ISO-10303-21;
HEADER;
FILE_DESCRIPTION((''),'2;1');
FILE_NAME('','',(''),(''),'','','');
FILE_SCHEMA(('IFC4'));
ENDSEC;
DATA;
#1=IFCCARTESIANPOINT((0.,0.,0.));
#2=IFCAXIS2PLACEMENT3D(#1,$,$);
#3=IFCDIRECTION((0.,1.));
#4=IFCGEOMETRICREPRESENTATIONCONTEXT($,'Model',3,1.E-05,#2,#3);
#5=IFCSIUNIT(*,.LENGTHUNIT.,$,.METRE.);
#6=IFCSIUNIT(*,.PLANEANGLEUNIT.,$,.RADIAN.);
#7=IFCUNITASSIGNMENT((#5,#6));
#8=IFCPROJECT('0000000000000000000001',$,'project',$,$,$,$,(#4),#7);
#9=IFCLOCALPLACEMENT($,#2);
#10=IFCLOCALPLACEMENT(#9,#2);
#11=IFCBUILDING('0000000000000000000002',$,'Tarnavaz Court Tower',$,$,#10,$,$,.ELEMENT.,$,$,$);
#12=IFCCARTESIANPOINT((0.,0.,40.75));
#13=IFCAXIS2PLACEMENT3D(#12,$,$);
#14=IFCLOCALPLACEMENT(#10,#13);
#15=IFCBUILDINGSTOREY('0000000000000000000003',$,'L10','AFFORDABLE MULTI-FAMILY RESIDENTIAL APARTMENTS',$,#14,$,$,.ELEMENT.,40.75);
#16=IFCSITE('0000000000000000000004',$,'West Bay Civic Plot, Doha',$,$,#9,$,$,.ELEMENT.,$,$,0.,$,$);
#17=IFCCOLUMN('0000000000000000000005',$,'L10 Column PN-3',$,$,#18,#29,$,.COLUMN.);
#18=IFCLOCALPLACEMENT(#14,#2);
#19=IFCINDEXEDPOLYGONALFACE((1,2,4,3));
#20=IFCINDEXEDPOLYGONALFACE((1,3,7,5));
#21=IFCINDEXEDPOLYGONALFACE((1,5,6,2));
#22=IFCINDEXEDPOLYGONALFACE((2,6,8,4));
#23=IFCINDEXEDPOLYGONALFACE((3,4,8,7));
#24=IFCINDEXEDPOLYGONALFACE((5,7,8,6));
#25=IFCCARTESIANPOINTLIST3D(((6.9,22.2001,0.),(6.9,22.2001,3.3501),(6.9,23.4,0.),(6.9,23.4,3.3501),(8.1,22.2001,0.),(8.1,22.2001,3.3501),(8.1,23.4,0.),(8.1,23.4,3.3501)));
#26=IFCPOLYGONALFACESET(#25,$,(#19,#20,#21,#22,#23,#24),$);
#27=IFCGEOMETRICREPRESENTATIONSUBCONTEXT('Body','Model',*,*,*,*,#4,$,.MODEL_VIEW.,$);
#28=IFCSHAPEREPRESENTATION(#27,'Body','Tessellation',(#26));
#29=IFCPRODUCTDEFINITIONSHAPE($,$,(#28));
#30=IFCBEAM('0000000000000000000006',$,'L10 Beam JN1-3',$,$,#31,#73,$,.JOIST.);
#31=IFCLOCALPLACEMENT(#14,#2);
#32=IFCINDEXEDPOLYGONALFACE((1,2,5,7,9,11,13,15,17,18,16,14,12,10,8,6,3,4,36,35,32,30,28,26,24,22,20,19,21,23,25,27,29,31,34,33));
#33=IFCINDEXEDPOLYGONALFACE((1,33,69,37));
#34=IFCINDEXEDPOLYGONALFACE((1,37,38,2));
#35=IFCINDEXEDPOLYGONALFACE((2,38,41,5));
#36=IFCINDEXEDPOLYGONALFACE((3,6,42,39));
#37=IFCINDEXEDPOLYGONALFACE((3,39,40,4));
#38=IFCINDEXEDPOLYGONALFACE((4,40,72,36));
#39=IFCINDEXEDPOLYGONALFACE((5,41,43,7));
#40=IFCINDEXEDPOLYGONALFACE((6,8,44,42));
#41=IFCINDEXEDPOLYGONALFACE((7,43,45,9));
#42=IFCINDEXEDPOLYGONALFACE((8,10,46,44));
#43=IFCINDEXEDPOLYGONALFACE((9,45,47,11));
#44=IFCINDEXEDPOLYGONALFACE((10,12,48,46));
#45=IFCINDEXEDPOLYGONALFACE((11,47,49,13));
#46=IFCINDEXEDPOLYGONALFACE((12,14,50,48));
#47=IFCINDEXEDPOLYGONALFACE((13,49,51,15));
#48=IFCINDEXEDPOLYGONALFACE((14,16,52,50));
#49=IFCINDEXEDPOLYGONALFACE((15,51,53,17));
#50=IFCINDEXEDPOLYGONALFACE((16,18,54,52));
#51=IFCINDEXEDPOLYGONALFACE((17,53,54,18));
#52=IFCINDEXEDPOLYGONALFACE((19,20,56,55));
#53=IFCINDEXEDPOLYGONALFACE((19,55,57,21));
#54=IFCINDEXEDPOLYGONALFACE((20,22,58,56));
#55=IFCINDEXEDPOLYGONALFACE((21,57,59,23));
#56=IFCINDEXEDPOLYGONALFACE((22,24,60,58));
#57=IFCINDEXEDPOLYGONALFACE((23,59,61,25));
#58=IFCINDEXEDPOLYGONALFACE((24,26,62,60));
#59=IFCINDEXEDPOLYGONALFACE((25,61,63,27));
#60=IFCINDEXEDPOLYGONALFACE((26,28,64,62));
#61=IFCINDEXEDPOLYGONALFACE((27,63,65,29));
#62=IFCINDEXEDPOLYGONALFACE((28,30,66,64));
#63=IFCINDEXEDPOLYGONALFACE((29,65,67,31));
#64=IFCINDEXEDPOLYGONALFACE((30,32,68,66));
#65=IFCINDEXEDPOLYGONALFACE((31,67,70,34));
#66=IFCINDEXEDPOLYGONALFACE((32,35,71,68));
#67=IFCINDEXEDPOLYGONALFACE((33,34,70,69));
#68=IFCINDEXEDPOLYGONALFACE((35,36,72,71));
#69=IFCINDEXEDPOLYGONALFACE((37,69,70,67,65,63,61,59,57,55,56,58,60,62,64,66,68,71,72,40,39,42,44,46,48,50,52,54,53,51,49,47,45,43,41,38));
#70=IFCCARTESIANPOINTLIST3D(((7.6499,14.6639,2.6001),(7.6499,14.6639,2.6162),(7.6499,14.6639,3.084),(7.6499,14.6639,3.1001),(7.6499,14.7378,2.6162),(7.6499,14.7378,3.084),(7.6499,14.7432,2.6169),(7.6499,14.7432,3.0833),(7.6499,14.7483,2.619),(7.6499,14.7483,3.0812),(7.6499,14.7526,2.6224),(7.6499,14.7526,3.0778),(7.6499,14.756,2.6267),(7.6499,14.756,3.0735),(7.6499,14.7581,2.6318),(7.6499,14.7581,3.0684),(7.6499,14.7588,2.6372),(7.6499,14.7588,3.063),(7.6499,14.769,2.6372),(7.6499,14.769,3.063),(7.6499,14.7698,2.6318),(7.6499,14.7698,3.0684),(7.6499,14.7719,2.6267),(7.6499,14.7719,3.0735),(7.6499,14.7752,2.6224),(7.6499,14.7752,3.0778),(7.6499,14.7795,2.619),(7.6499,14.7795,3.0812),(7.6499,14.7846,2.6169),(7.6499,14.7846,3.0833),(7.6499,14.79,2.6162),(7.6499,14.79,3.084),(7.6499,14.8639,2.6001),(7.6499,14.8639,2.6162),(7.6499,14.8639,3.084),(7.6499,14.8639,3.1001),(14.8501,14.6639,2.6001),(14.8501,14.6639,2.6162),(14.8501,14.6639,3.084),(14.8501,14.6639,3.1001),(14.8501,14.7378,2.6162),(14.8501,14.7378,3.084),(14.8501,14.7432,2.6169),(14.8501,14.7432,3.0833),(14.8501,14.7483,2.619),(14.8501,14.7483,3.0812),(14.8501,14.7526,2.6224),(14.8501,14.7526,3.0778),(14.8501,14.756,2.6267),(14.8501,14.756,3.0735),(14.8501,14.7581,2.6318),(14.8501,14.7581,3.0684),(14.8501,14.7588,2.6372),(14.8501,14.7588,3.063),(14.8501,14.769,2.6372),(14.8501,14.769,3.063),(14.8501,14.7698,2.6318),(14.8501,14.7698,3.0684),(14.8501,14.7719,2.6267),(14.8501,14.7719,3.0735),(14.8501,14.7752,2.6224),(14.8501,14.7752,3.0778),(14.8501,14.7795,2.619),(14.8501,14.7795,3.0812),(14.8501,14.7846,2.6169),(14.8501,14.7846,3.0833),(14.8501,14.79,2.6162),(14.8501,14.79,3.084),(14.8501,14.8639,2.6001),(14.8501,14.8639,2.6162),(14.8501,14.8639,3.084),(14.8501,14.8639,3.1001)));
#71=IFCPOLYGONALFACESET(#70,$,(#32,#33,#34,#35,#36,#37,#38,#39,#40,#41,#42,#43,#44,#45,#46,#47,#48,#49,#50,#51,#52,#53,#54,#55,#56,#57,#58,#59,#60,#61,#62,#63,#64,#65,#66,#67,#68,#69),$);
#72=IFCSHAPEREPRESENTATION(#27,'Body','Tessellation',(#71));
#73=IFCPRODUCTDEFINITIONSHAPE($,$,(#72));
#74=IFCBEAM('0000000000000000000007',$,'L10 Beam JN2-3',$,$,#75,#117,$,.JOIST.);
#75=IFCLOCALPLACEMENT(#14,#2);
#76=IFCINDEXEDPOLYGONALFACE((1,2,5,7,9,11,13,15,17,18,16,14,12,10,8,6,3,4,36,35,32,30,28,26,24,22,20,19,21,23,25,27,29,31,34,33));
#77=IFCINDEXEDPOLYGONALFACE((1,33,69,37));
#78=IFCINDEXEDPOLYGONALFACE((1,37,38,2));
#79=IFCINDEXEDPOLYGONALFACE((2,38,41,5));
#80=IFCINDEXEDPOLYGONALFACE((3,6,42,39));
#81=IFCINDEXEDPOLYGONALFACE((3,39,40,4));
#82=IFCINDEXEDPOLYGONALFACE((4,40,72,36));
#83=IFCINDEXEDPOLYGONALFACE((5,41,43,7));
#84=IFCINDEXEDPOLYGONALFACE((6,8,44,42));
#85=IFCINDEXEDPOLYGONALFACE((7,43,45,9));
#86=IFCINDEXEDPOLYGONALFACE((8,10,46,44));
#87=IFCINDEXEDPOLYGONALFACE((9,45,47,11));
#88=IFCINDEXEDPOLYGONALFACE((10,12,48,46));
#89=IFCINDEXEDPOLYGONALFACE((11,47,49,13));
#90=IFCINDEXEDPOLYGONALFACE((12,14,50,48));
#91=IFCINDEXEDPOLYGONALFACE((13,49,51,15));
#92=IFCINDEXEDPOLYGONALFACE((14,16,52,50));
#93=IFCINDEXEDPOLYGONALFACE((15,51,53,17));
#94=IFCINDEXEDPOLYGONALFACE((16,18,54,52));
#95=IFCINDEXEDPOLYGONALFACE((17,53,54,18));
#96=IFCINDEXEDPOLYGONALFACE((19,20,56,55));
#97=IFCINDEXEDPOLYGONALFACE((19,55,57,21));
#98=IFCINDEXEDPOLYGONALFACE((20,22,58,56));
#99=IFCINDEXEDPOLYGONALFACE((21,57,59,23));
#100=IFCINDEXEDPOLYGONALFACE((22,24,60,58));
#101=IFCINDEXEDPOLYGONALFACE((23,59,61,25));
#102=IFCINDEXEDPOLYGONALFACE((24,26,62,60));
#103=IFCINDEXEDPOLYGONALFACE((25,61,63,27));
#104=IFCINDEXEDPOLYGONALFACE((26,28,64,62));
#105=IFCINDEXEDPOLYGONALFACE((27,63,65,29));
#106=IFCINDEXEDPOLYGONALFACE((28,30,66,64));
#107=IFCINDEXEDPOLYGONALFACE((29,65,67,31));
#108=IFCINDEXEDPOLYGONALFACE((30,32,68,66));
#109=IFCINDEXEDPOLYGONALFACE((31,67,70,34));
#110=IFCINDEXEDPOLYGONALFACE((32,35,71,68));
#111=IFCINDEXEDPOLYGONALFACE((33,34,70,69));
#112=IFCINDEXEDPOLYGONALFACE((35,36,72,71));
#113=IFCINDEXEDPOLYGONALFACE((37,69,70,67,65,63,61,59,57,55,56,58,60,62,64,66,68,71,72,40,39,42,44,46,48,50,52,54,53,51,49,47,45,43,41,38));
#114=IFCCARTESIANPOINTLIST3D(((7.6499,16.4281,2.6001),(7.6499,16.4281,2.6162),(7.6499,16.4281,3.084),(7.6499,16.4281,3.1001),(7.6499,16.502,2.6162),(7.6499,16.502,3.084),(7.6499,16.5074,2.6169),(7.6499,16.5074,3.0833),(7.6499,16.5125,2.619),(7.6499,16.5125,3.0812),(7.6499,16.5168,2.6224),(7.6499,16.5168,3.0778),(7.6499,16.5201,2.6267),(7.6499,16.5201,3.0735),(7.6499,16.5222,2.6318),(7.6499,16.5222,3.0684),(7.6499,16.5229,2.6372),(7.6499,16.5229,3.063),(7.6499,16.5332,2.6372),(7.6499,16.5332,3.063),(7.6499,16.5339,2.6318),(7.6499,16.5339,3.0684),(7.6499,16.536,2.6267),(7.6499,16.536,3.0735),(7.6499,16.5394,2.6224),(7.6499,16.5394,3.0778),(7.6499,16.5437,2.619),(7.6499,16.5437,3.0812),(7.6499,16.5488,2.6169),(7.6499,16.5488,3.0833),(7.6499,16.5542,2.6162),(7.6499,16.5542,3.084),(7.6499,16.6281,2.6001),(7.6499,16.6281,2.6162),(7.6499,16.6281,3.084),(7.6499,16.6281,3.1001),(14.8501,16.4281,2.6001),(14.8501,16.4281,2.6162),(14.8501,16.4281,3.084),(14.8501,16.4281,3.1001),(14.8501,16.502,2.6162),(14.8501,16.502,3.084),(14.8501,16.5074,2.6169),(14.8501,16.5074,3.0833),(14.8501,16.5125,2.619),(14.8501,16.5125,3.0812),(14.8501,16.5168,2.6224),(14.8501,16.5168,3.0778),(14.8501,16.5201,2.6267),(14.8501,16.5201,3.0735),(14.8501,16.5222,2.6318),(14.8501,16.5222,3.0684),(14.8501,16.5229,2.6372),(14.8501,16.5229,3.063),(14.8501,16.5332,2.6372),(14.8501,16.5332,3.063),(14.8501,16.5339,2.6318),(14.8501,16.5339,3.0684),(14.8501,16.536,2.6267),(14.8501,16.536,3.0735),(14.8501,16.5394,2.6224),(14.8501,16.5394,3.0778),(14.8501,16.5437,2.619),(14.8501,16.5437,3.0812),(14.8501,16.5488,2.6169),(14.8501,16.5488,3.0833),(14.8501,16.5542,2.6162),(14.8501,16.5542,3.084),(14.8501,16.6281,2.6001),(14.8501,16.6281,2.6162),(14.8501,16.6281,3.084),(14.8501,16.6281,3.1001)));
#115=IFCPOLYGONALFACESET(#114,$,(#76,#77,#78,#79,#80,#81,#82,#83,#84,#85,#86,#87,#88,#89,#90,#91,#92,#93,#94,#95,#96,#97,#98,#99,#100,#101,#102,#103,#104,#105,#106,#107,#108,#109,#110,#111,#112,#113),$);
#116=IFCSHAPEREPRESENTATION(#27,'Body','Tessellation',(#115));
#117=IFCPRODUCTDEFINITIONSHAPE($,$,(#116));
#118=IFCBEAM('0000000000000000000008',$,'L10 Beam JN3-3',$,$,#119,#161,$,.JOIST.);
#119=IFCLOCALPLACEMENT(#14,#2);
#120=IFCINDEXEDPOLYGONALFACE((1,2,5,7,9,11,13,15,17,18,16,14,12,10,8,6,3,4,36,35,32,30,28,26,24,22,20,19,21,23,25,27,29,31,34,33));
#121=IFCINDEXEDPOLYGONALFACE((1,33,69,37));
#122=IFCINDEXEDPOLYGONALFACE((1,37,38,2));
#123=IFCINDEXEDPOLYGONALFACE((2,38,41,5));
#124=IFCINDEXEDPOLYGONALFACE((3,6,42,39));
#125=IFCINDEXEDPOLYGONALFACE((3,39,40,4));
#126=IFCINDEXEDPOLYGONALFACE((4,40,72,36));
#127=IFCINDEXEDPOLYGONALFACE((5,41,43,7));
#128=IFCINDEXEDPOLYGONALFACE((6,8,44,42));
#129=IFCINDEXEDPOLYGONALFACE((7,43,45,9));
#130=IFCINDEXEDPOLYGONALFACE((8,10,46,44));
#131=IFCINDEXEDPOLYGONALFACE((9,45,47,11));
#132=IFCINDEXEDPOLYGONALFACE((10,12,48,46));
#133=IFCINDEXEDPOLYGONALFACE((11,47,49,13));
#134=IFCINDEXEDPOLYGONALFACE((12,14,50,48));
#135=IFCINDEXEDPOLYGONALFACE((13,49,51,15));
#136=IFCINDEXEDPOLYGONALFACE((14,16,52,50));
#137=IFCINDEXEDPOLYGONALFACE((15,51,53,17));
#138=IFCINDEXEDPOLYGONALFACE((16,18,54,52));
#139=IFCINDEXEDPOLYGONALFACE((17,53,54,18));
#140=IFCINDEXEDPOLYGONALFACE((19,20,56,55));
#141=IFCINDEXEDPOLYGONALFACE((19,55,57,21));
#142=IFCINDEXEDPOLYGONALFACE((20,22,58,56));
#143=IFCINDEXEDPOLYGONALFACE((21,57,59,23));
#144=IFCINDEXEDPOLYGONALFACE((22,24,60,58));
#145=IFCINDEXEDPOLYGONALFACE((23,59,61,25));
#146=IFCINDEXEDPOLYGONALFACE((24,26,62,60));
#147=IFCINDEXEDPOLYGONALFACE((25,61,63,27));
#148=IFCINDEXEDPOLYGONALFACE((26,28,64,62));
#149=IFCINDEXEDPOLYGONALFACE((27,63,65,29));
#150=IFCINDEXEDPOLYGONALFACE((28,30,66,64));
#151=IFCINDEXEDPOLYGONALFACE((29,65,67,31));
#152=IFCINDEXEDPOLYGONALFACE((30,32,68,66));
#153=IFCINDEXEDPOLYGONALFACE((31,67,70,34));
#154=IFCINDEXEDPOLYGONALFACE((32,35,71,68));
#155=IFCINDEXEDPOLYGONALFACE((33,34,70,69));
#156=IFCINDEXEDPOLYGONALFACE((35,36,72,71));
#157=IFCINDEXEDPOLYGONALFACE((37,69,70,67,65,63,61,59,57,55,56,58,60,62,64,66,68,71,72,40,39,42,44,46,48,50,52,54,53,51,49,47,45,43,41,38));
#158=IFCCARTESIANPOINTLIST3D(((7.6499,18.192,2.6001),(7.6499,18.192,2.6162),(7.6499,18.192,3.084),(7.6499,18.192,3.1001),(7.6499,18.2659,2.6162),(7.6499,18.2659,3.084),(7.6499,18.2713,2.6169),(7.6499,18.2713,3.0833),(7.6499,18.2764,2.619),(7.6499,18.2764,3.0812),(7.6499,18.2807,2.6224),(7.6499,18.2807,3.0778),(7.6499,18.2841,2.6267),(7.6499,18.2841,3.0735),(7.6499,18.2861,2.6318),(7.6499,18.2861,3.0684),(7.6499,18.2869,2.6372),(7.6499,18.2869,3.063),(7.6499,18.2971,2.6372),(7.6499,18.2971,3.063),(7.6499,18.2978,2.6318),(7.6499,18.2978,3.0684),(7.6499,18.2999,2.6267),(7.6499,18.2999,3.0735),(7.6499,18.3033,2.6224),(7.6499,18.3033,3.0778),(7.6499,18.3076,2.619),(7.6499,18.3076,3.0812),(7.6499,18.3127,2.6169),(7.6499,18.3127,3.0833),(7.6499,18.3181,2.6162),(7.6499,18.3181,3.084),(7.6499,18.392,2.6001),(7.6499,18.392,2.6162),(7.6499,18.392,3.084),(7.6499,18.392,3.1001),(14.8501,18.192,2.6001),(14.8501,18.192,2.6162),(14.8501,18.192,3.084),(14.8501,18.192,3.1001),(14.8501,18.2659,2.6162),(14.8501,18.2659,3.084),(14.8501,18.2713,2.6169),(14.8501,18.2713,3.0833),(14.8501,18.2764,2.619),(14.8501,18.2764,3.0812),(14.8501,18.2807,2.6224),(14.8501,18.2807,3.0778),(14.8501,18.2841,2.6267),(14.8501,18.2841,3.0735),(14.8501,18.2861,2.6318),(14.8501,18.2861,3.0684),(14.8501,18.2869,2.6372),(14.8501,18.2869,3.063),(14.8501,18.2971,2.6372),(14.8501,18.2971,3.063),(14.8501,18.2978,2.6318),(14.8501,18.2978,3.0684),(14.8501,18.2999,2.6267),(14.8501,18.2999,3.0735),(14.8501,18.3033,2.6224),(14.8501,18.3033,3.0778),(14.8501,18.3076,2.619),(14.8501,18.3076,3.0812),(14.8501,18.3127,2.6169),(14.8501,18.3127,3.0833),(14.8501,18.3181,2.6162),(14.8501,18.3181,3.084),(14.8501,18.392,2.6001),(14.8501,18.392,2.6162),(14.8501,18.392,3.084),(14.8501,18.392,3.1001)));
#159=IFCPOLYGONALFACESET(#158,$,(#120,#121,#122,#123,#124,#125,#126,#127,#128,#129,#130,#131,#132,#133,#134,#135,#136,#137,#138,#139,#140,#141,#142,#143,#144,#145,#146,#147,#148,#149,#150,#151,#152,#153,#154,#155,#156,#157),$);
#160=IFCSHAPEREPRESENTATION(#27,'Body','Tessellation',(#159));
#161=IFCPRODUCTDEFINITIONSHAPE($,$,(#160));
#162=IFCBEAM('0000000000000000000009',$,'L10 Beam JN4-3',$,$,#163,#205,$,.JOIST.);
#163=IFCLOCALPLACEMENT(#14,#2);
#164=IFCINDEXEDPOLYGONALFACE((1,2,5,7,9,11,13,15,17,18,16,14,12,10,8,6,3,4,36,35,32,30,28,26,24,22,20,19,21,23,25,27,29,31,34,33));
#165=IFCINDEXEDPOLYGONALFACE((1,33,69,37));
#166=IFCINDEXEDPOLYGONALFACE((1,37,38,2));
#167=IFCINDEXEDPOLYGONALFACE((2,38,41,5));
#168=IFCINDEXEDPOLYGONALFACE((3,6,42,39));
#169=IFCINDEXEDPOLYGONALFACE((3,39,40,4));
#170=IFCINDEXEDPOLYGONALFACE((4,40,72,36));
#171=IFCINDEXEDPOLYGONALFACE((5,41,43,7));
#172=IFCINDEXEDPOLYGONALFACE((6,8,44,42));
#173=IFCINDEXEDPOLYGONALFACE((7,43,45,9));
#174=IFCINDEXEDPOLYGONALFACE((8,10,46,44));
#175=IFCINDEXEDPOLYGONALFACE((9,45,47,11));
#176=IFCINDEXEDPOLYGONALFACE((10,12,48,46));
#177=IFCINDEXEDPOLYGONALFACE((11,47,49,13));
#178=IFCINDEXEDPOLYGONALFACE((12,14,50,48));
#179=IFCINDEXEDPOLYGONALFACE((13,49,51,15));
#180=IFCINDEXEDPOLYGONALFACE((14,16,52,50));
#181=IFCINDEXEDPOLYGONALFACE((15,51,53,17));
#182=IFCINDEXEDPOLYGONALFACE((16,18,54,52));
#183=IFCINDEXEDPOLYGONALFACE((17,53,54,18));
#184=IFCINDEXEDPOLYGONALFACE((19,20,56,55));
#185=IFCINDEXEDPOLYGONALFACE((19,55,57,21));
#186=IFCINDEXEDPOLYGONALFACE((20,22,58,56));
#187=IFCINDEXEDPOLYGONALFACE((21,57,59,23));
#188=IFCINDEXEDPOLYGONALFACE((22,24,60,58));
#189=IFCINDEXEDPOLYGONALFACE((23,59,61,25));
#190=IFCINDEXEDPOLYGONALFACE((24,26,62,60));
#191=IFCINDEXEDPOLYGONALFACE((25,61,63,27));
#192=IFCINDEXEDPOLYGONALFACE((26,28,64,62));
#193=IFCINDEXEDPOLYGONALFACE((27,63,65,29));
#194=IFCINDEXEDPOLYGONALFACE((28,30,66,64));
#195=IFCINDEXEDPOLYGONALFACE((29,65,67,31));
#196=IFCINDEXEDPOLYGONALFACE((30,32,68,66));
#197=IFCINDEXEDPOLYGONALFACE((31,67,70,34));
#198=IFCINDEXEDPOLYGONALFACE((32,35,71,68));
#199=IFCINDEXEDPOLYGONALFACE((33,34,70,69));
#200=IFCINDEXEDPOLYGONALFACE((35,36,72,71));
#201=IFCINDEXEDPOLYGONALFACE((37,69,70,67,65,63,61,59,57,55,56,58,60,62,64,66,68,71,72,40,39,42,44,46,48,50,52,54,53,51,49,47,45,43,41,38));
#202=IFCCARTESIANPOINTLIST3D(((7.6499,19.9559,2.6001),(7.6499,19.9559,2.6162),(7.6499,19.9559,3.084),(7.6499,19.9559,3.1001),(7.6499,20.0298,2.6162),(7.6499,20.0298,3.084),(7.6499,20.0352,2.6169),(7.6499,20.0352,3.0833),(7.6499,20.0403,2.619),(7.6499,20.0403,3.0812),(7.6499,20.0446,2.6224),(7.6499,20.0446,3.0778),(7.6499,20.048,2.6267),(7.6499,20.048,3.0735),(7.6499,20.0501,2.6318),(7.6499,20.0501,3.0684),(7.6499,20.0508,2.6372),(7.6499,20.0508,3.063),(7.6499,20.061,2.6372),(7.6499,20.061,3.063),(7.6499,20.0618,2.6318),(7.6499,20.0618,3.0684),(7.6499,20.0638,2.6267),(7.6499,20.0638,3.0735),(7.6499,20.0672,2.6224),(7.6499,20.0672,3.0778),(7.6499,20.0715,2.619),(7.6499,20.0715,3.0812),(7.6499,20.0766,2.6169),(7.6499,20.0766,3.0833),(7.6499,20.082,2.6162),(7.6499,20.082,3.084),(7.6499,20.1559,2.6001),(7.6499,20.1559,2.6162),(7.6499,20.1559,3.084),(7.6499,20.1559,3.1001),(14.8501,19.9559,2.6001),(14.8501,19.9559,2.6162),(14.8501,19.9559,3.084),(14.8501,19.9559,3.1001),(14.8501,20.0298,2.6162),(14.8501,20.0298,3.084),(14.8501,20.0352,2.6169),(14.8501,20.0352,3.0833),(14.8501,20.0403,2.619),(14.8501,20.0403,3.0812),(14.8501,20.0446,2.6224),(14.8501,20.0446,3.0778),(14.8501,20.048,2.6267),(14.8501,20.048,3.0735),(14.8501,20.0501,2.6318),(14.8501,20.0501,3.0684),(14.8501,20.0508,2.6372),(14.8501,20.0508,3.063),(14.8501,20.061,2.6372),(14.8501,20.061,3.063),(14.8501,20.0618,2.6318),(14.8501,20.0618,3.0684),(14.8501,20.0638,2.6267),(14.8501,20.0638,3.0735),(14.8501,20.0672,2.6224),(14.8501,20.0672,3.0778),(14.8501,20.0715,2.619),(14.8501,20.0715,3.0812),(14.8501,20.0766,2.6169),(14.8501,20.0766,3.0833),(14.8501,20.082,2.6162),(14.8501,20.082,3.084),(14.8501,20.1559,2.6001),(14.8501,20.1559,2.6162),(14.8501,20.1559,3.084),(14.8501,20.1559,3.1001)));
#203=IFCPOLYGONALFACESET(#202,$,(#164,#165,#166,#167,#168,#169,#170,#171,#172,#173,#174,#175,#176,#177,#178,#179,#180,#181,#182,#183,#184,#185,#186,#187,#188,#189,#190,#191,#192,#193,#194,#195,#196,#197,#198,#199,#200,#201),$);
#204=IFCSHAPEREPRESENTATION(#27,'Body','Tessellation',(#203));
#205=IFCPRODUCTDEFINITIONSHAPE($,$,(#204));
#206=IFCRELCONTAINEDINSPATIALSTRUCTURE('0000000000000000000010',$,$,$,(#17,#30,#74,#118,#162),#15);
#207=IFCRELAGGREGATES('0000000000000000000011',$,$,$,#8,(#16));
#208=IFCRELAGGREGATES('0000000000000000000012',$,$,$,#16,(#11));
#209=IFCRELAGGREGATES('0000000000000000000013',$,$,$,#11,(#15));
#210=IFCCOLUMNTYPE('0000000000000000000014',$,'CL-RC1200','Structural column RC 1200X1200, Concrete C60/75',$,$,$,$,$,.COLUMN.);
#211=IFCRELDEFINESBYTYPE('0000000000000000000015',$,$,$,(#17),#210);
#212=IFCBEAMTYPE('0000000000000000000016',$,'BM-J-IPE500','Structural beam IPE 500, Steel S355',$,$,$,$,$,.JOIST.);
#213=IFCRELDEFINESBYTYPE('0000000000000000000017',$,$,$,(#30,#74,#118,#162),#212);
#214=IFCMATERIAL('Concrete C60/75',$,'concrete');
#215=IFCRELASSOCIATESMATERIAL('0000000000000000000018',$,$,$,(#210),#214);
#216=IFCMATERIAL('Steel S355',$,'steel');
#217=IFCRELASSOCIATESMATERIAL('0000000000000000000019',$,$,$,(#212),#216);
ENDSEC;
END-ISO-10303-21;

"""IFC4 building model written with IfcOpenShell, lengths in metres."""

from ifc_helpers import new_model, si_unit, direction, frame, origin, origin_2d, place, context, subcontext, project, spatial, rectangle, i_section, extrude, material, material_profile, profile_set, type_object, element, save


model = new_model("IFC4")

# Units and contexts
model_context = context("Model", 3, precision=1e-05, world=origin(), true_north=direction((0.0, 1.0)))
body_context = subcontext(model_context, "Body", "Model", "MODEL_VIEW")
ifc_project = project(units=[si_unit("LENGTHUNIT", "METRE"), si_unit("PLANEANGLEUNIT", "RADIAN")], contexts=[model_context])

# Site, building, storey
site_placement = place(None, origin())
site = spatial("IfcSite", under=ifc_project, at=site_placement, Name="West Bay Civic Plot, Doha", CompositionType="ELEMENT", RefElevation=0.0)
building_placement = place(site_placement, origin())
building = spatial("IfcBuilding", under=site, at=building_placement, Name="Tarnavaz Court Tower", CompositionType="ELEMENT")
storey_placement = place(building_placement, frame((0.0, 0.0, 40.75)))
storey = spatial("IfcBuildingStorey", under=building, at=storey_placement, Name="L10", Description="AFFORDABLE MULTI-FAMILY RESIDENTIAL APARTMENTS", CompositionType="ELEMENT", Elevation=40.75)

# Column
ifc_material_1 = material(Name="Concrete C60/75", Category="concrete")
ifc_material_profile_1 = material_profile(ifc_material_1, rectangle(XDim=1.2, YDim=1.2, at=origin_2d()), Name="RC 1200X1200")
ifc_profile_set_1 = profile_set([ifc_material_profile_1], Name="Concrete C60/75")
column_type = type_object("IfcColumnType", Name="CL-RC1200", Description="Structural column RC 1200X1200, Concrete C60/75", PredefinedType="COLUMN", material=ifc_profile_set_1)
column_placement = place(storey_placement, frame((7.5, 22.8, 0.0), z_axis=(0.0, 0.0, 1.0), x_axis=(1.0, 0.0, 0.0)))
element("IfcColumn", 1, at=column_placement, inside=storey, type_object=column_type, Name="L10 Column PN-3", PredefinedType="COLUMN", context=body_context, shape_type="SweptSolid", body=[
    extrude(rectangle(XDim=1.2, YDim=1.2, at=origin_2d()), origin(), (0.0, 0.0, 1.0), 3.3501),
])

# Beams
ifc_material_2 = material(Name="Steel S355", Category="steel")
ifc_material_profile_2 = material_profile(ifc_material_2, i_section(OverallWidth=0.2, OverallDepth=0.5, WebThickness=0.0103, FlangeThickness=0.0161, FilletRadius=0.021, at=origin_2d()), Name="IPE 500")
ifc_profile_set_2 = profile_set([ifc_material_profile_2], Name="Steel S355")
beam_type_1 = type_object("IfcBeamType", Name="BM-J-IPE500", Description="Structural beam IPE 500, Steel S355", PredefinedType="JOIST", material=ifc_profile_set_2)
for number, where, z_axis, x_axis, name in (
    (2, (7.6499, 14.7639, 2.8501), (1.0, 0.0, 0.0), (0.0, 1.0, 0.0), "L10 Beam JN1-3"),
    (3, (7.6499, 16.5281, 2.8501), (1.0, 0.0, 0.0), (0.0, 1.0, 0.0), "L10 Beam JN2-3"),
    (4, (7.6499, 18.292, 2.8501), (1.0, 0.0, 0.0), (0.0, 1.0, 0.0), "L10 Beam JN3-3"),
    (5, (7.6499, 20.0559, 2.8501), (1.0, 0.0, 0.0), (0.0, 1.0, 0.0), "L10 Beam JN4-3"),
):
    element("IfcBeam", number, at=place(storey_placement, frame(where, z_axis=z_axis, x_axis=x_axis)), inside=storey, type_object=beam_type_1, Name=name, PredefinedType="JOIST", context=body_context, shape_type="SweptSolid", body=[
        extrude(i_section(OverallWidth=0.2, OverallDepth=0.5, WebThickness=0.0103, FlangeThickness=0.0161, FilletRadius=0.021, at=origin_2d()), origin(), (0.0, 0.0, 1.0), 7.2002),
    ])

save(model, "model.ifc")
